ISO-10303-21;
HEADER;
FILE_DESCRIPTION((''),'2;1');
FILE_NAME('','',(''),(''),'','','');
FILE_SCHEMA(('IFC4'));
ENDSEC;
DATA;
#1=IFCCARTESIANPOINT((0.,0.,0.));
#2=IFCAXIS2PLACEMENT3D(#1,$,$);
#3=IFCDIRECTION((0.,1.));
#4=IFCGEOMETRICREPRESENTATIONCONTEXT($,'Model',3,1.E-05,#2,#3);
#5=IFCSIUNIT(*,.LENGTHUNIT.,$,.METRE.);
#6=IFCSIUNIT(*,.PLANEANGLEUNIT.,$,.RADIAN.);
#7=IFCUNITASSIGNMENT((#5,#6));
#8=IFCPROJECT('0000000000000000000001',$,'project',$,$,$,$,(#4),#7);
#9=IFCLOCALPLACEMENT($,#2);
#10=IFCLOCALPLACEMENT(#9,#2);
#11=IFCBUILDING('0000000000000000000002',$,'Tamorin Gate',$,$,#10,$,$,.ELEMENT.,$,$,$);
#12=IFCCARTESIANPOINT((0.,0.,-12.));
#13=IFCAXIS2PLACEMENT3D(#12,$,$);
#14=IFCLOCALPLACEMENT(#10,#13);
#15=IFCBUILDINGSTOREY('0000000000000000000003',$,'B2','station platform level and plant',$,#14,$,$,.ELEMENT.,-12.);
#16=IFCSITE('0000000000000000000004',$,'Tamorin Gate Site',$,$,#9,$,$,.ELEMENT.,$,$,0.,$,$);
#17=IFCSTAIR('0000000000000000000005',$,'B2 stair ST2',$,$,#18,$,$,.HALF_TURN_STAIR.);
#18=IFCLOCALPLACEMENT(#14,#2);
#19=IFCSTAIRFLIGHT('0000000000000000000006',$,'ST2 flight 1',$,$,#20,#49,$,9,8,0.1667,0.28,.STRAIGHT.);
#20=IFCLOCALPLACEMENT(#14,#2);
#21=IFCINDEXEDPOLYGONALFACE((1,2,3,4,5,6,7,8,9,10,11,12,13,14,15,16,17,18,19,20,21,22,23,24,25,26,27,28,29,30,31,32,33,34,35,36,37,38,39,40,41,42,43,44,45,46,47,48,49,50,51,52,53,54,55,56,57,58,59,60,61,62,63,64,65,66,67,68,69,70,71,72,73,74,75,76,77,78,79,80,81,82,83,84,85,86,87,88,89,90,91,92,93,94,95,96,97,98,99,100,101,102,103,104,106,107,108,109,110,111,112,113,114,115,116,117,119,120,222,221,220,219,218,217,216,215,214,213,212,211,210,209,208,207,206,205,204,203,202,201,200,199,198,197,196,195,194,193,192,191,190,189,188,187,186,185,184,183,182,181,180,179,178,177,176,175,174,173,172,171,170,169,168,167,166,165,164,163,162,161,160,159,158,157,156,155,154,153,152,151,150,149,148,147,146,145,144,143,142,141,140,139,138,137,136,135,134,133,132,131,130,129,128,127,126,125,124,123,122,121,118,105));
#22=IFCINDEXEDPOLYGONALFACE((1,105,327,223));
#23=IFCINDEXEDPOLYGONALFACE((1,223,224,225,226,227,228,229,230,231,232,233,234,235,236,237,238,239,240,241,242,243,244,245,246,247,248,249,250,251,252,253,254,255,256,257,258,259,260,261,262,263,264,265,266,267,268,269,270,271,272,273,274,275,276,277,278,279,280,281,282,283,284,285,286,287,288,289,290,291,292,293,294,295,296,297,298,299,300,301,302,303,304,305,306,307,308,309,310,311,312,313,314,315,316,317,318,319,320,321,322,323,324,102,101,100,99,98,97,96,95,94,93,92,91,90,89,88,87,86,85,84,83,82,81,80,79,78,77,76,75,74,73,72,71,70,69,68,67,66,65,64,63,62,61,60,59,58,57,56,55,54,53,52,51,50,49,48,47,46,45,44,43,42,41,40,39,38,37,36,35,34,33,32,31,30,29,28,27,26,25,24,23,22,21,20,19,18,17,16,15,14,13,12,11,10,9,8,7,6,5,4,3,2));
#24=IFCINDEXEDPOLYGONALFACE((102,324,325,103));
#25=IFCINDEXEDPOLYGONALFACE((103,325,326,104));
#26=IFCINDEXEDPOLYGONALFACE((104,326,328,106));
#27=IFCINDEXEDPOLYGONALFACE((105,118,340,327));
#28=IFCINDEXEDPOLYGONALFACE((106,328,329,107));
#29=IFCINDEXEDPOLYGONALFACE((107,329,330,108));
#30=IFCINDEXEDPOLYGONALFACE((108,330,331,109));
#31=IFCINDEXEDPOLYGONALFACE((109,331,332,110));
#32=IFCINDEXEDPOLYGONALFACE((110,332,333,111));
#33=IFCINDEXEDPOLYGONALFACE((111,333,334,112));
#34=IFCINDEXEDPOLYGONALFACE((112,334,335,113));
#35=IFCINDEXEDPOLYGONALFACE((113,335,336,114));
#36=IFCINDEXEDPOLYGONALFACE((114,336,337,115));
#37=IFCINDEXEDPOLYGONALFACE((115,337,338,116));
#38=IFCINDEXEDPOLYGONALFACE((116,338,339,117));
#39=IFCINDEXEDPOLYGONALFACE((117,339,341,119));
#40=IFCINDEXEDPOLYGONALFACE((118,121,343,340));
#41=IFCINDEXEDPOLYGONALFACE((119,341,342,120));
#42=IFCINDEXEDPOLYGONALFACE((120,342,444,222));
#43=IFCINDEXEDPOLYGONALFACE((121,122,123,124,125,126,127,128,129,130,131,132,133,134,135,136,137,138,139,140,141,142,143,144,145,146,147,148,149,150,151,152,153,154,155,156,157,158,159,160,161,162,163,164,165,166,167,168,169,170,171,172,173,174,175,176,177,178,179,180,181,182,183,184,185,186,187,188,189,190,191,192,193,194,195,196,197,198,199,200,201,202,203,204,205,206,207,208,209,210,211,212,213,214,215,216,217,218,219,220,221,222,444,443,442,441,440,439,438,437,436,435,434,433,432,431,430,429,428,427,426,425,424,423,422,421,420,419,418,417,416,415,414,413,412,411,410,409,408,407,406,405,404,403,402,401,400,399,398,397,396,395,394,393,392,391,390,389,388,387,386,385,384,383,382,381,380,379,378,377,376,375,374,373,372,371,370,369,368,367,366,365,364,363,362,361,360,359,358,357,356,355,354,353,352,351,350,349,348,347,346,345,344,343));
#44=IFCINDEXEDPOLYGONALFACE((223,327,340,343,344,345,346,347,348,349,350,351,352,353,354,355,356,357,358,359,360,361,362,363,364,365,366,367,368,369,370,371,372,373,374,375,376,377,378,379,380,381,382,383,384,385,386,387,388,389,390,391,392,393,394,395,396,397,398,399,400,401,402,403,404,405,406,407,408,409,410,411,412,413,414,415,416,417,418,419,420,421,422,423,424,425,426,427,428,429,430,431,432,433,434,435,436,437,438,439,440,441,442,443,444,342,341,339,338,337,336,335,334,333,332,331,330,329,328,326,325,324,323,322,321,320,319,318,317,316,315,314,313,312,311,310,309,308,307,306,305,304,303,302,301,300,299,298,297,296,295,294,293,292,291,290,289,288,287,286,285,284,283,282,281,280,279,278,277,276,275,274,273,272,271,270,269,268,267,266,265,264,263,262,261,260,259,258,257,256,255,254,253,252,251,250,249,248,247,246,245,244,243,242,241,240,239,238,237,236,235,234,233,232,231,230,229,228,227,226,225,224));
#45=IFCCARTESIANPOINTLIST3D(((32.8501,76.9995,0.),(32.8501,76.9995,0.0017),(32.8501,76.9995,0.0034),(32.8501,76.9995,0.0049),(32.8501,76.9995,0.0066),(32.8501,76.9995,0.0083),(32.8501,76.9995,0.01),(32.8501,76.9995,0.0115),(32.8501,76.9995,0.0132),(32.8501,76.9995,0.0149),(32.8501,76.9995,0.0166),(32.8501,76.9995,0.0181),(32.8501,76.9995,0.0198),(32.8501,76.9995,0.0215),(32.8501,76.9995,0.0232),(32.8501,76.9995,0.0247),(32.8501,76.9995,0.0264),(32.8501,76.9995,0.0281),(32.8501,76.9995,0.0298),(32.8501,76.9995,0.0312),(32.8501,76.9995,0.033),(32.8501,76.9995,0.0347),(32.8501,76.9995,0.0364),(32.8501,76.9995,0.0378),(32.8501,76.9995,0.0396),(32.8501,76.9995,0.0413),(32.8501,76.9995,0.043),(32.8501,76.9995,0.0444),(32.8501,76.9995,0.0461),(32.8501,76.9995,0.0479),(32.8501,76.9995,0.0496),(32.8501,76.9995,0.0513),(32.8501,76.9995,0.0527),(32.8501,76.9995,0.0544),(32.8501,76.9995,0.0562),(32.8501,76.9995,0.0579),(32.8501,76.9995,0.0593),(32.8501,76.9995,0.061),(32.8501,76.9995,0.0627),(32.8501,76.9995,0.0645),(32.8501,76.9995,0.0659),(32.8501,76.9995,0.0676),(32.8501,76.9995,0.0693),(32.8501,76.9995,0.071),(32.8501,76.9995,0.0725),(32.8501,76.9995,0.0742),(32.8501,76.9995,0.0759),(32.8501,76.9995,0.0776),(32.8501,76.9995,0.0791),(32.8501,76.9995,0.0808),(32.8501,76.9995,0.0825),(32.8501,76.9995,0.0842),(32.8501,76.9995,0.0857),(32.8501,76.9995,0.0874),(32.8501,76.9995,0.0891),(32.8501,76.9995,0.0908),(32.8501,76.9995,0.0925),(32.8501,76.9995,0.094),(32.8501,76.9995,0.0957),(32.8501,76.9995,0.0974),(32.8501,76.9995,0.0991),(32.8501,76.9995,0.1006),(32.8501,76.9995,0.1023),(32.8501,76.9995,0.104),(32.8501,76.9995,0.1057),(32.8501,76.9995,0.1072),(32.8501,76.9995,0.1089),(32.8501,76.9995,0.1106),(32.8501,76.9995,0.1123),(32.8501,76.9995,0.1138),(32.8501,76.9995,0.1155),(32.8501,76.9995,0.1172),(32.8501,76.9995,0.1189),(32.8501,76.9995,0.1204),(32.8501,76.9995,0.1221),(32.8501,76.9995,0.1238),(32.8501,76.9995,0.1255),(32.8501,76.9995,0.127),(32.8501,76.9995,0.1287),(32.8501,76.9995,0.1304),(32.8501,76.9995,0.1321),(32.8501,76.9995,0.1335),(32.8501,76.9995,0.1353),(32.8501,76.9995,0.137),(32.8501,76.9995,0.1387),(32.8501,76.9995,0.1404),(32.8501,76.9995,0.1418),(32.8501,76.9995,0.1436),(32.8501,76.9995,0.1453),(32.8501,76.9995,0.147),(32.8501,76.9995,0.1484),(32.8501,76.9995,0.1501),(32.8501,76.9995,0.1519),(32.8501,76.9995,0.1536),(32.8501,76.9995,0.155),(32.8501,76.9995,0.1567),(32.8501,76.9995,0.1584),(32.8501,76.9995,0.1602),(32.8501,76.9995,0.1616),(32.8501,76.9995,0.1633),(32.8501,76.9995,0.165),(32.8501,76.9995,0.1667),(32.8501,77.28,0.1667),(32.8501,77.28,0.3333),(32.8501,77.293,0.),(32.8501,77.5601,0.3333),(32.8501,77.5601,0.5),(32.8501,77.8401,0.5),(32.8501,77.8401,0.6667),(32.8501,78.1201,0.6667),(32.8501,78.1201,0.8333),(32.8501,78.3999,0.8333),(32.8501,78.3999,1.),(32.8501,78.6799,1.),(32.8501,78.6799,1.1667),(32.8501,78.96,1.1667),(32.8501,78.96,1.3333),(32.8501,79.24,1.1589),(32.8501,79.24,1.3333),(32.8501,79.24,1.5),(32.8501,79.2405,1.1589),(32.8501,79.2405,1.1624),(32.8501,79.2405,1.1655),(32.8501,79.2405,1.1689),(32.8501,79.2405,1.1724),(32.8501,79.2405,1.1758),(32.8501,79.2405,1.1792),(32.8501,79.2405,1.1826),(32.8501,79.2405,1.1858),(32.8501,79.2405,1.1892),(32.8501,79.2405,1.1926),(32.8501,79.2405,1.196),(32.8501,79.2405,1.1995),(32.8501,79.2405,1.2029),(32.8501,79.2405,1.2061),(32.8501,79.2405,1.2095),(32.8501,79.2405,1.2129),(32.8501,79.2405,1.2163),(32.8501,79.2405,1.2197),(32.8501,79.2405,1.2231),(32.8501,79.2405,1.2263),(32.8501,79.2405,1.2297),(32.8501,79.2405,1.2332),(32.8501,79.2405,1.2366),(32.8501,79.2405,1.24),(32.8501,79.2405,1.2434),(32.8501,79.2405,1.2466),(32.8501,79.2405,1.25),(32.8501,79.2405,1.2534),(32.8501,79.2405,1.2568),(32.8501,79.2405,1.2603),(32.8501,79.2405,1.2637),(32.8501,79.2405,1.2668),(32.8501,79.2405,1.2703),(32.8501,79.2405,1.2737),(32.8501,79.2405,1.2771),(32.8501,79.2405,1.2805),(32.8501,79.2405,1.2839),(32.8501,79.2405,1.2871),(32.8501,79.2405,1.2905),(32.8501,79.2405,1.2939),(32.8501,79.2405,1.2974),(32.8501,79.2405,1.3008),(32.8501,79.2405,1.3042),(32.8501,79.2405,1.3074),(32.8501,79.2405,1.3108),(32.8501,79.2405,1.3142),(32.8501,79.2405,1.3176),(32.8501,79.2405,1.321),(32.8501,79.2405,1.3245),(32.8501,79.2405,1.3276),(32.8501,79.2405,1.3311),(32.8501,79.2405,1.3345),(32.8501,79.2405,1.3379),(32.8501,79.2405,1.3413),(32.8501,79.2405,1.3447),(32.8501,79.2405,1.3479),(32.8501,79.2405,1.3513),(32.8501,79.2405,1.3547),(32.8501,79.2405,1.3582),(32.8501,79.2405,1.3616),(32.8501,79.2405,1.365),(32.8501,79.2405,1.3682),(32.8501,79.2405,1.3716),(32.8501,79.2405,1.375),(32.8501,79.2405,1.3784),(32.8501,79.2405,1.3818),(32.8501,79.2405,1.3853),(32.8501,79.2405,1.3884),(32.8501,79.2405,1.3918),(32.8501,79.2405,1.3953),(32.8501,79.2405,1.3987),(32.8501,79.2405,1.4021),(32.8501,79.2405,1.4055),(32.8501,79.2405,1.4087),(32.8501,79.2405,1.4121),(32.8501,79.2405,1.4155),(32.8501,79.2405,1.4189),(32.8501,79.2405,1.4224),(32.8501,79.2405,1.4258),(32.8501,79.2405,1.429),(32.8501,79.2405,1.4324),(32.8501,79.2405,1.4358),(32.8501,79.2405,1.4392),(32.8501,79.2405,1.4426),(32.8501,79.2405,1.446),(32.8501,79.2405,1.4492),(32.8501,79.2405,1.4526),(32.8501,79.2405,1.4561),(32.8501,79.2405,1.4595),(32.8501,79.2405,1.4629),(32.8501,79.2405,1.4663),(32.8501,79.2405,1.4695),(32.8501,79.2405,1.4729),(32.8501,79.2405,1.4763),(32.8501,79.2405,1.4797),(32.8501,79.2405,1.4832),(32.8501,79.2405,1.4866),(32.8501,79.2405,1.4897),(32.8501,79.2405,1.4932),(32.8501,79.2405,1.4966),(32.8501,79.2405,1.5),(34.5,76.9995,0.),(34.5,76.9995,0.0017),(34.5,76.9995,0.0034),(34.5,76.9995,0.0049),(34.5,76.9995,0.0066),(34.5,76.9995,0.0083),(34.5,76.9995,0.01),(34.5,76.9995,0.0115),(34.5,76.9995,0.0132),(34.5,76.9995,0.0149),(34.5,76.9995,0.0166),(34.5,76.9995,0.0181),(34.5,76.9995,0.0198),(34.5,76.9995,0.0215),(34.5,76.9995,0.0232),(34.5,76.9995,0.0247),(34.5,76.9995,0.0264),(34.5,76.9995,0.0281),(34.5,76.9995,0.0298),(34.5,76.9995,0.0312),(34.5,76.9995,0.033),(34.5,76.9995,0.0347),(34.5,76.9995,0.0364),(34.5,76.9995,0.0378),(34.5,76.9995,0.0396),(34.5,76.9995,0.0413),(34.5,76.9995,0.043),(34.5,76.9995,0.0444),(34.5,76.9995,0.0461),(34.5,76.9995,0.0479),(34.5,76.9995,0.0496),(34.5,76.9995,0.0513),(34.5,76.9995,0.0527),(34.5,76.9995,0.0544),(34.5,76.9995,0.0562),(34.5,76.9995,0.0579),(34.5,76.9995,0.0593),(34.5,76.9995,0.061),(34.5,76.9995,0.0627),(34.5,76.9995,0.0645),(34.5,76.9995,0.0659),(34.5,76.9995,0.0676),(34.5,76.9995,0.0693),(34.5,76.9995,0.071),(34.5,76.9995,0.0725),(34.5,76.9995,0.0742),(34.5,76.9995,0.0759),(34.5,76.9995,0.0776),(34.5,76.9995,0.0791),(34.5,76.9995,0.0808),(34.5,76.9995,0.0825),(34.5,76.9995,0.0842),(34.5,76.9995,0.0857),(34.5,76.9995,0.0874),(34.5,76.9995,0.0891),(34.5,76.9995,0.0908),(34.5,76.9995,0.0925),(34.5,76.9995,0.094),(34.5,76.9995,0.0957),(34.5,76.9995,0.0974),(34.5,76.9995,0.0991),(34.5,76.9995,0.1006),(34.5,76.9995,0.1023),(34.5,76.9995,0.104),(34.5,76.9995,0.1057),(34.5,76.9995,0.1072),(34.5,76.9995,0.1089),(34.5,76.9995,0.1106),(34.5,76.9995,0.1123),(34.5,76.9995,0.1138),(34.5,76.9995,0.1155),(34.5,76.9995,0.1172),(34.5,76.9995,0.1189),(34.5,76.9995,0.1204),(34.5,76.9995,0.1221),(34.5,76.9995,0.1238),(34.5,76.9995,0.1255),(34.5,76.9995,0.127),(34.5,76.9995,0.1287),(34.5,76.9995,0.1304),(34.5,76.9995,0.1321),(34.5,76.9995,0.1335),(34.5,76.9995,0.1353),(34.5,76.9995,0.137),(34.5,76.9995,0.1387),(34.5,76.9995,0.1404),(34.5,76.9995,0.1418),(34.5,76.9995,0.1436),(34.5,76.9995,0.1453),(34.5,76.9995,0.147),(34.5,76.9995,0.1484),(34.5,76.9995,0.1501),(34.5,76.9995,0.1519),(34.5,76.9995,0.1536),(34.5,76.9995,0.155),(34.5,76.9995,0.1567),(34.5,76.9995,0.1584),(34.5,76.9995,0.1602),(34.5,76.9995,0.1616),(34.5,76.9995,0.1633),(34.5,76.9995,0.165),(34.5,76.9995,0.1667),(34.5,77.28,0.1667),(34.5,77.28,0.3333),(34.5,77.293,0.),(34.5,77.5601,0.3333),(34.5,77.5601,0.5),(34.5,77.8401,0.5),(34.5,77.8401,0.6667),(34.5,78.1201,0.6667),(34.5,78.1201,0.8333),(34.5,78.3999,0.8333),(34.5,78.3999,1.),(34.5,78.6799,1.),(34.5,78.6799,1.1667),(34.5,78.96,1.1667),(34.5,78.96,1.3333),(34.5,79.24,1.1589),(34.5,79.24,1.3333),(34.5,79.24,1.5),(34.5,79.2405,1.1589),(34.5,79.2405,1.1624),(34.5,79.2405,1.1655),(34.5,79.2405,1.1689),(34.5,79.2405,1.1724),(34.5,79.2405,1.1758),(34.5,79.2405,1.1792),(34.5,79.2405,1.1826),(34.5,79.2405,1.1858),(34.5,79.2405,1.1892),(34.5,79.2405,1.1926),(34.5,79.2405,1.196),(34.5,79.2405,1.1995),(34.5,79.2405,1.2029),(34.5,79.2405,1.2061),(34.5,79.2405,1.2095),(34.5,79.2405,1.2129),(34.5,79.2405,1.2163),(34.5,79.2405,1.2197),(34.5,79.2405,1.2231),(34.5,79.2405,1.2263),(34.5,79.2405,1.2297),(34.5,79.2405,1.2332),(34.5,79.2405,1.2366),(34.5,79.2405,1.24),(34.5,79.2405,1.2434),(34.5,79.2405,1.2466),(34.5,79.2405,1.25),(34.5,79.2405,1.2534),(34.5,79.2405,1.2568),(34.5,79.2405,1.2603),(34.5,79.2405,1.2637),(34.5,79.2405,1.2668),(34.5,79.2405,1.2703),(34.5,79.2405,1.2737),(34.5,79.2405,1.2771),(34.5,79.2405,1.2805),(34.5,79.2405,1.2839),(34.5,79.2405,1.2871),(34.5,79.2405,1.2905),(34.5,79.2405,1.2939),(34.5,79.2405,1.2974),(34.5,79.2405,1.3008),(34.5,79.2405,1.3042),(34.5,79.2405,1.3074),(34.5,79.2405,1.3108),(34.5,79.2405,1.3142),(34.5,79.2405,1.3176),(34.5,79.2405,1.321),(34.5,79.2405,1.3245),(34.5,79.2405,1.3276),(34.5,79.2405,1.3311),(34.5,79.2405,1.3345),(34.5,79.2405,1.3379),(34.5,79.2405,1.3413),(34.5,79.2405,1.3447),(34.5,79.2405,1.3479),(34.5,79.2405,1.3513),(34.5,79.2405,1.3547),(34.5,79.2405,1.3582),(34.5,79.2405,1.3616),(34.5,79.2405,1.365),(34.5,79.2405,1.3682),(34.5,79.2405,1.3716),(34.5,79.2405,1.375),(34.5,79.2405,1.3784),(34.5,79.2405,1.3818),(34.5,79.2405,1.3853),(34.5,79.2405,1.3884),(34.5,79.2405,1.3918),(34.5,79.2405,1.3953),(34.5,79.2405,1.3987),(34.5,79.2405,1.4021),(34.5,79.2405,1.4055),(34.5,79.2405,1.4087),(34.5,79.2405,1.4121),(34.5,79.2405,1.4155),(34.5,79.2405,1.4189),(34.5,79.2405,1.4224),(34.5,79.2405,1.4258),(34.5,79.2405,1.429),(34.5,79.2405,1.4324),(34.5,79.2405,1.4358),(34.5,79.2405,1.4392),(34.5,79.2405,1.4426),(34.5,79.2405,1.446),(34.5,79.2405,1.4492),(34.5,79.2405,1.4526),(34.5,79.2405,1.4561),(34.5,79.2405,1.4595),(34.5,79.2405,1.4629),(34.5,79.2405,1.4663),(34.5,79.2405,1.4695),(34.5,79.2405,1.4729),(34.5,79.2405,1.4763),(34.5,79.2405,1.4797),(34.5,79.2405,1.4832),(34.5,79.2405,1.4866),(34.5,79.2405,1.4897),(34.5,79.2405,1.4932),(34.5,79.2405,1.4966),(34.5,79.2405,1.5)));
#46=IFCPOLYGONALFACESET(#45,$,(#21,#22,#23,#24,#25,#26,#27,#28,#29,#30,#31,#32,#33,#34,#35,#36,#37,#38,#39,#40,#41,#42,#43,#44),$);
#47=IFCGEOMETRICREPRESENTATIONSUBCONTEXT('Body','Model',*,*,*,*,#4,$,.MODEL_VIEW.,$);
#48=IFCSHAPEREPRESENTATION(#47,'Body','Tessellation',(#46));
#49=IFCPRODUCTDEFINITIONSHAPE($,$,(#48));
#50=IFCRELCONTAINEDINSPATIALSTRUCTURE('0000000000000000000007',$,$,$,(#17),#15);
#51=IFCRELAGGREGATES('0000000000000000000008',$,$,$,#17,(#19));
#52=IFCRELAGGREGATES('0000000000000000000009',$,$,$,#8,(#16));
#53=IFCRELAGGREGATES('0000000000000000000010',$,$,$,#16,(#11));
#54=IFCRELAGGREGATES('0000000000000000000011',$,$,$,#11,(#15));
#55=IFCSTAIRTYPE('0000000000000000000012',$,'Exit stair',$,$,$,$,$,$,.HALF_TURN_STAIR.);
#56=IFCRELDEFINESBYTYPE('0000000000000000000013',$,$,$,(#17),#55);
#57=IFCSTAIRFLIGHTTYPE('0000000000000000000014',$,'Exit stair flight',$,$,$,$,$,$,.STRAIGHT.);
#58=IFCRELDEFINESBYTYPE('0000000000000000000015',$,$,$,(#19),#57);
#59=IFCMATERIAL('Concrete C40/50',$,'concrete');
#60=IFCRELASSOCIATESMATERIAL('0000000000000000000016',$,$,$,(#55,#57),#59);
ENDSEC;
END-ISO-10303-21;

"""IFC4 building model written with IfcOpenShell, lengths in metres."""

from ifc_helpers import new_model, si_unit, direction, frame, origin, place, context, subcontext, project, spatial, polyline, outline, extrude, material, type_object, element, aggregate, save


model = new_model("IFC4")

# Units and contexts
model_context = context("Model", 3, precision=1e-05, world=origin(), true_north=direction((0.0, 1.0)))
body_context = subcontext(model_context, "Body", "Model", "MODEL_VIEW")
ifc_project = project(units=[si_unit("LENGTHUNIT", "METRE"), si_unit("PLANEANGLEUNIT", "RADIAN")], contexts=[model_context])

# Site, building, storey
site_placement = place(None, origin())
site = spatial("IfcSite", under=ifc_project, at=site_placement, Name="Tamorin Gate Site", CompositionType="ELEMENT", RefElevation=0.0)
building_placement = place(site_placement, origin())
building = spatial("IfcBuilding", under=site, at=building_placement, Name="Tamorin Gate", CompositionType="ELEMENT")
storey_placement = place(building_placement, frame((0.0, 0.0, -12.0)))
storey = spatial("IfcBuildingStorey", under=building, at=storey_placement, Name="B2", Description="station platform level and plant", CompositionType="ELEMENT", Elevation=-12.0)

# Shared definitions
ifc_material_1 = material(Name="Concrete C40/50", Category="concrete")

# Stair, stair flight
stair_type = type_object("IfcStairType", Name="Exit stair", PredefinedType="HALF_TURN_STAIR", material=ifc_material_1)
stair_placement = place(storey_placement, origin())
stair = element("IfcStair", 1, at=stair_placement, inside=storey, type_object=stair_type, Name="B2 stair ST2", PredefinedType="HALF_TURN_STAIR")
stair_flight_type = type_object("IfcStairFlightType", Name="Exit stair flight", PredefinedType="STRAIGHT", material=ifc_material_1)
stair_flight_1_placement = place(storey_placement, frame((33.675, 77.0, 0.0), z_axis=(0.0, 0.0, 1.0), x_axis=(0.0, 1.0, 0.0)))
stair_flight_1 = element("IfcStairFlight", 2, at=stair_flight_1_placement, type_object=stair_flight_type, Name="ST2 flight 1", NumberOfRisers=9, NumberOfTreads=8, PredefinedType="STRAIGHT", RiserHeight=0.1667, TreadLength=0.28, context=body_context, shape_type="SweptSolid", body=[
    extrude(outline(polyline([(-0.0005, 0.0), (-0.0005, 0.0017), (-0.0005, 0.0034), (-0.0005, 0.0049), (-0.0005, 0.0066), (-0.0005, 0.0083), (-0.0005, 0.01), (-0.0005, 0.0115), (-0.0005, 0.0132), (-0.0005, 0.0149), (-0.0005, 0.0166), (-0.0005, 0.0181), (-0.0005, 0.0198), (-0.0005, 0.0215), (-0.0005, 0.0232), (-0.0005, 0.0247), (-0.0005, 0.0264), (-0.0005, 0.0281), (-0.0005, 0.0298), (-0.0005, 0.0312), (-0.0005, 0.033), (-0.0005, 0.0347), (-0.0005, 0.0364), (-0.0005, 0.0378), (-0.0005, 0.0396), (-0.0005, 0.0413), (-0.0005, 0.043), (-0.0005, 0.0444), (-0.0005, 0.0461), (-0.0005, 0.0479), (-0.0005, 0.0496), (-0.0005, 0.0513), (-0.0005, 0.0527), (-0.0005, 0.0544), (-0.0005, 0.0562), (-0.0005, 0.0579), (-0.0005, 0.0593), (-0.0005, 0.061), (-0.0005, 0.0627), (-0.0005, 0.0645), (-0.0005, 0.0659), (-0.0005, 0.0676), (-0.0005, 0.0693), (-0.0005, 0.071), (-0.0005, 0.0725), (-0.0005, 0.0742), (-0.0005, 0.0759), (-0.0005, 0.0776), (-0.0005, 0.0791), (-0.0005, 0.0808), (-0.0005, 0.0825), (-0.0005, 0.0842), (-0.0005, 0.0857), (-0.0005, 0.0874), (-0.0005, 0.0891), (-0.0005, 0.0908), (-0.0005, 0.0925), (-0.0005, 0.094), (-0.0005, 0.0957), (-0.0005, 0.0974), (-0.0005, 0.0991), (-0.0005, 0.1006), (-0.0005, 0.1023), (-0.0005, 0.104), (-0.0005, 0.1057), (-0.0005, 0.1072), (-0.0005, 0.1089), (-0.0005, 0.1106), (-0.0005, 0.1123), (-0.0005, 0.1138), (-0.0005, 0.1155), (-0.0005, 0.1172), (-0.0005, 0.1189), (-0.0005, 0.1204), (-0.0005, 0.1221), (-0.0005, 0.1238), (-0.0005, 0.1255), (-0.0005, 0.127), (-0.0005, 0.1287), (-0.0005, 0.1304), (-0.0005, 0.1321), (-0.0005, 0.1335), (-0.0005, 0.1353), (-0.0005, 0.137), (-0.0005, 0.1387), (-0.0005, 0.1404), (-0.0005, 0.1418), (-0.0005, 0.1436), (-0.0005, 0.1453), (-0.0005, 0.147), (-0.0005, 0.1484), (-0.0005, 0.1501), (-0.0005, 0.1519), (-0.0005, 0.1536), (-0.0005, 0.155), (-0.0005, 0.1567), (-0.0005, 0.1584), (-0.0005, 0.1602), (-0.0005, 0.1616), (-0.0005, 0.1633), (-0.0005, 0.165), (-0.0005, 0.1667), (0.28, 0.1667), (0.28, 0.3333), (0.5601, 0.3333), (0.5601, 0.5), (0.8401, 0.5), (0.8401, 0.6667), (1.1201, 0.6667), (1.1201, 0.8333), (1.3999, 0.8333), (1.3999, 1.0), (1.6799, 1.0), (1.6799, 1.1667), (1.96, 1.1667), (1.96, 1.3333), (2.24, 1.3333), (2.24, 1.5), (2.2405, 1.5), (2.2405, 1.4966), (2.2405, 1.4932), (2.2405, 1.4897), (2.2405, 1.4866), (2.2405, 1.4832), (2.2405, 1.4797), (2.2405, 1.4763), (2.2405, 1.4729), (2.2405, 1.4695), (2.2405, 1.4663), (2.2405, 1.4629), (2.2405, 1.4595), (2.2405, 1.4561), (2.2405, 1.4526), (2.2405, 1.4492), (2.2405, 1.446), (2.2405, 1.4426), (2.2405, 1.4392), (2.2405, 1.4358), (2.2405, 1.4324), (2.2405, 1.429), (2.2405, 1.4258), (2.2405, 1.4224), (2.2405, 1.4189), (2.2405, 1.4155), (2.2405, 1.4121), (2.2405, 1.4087), (2.2405, 1.4055), (2.2405, 1.4021), (2.2405, 1.3987), (2.2405, 1.3953), (2.2405, 1.3918), (2.2405, 1.3884), (2.2405, 1.3853), (2.2405, 1.3818), (2.2405, 1.3784), (2.2405, 1.375), (2.2405, 1.3716), (2.2405, 1.3682), (2.2405, 1.365), (2.2405, 1.3616), (2.2405, 1.3582), (2.2405, 1.3547), (2.2405, 1.3513), (2.2405, 1.3479), (2.2405, 1.3447), (2.2405, 1.3413), (2.2405, 1.3379), (2.2405, 1.3345), (2.2405, 1.3311), (2.2405, 1.3276), (2.2405, 1.3245), (2.2405, 1.321), (2.2405, 1.3176), (2.2405, 1.3142), (2.2405, 1.3108), (2.2405, 1.3074), (2.2405, 1.3042), (2.2405, 1.3008), (2.2405, 1.2974), (2.2405, 1.2939), (2.2405, 1.2905), (2.2405, 1.2871), (2.2405, 1.2839), (2.2405, 1.2805), (2.2405, 1.2771), (2.2405, 1.2737), (2.2405, 1.2703), (2.2405, 1.2668), (2.2405, 1.2637), (2.2405, 1.2603), (2.2405, 1.2568), (2.2405, 1.2534), (2.2405, 1.25), (2.2405, 1.2466), (2.2405, 1.2434), (2.2405, 1.24), (2.2405, 1.2366), (2.2405, 1.2332), (2.2405, 1.2297), (2.2405, 1.2263), (2.2405, 1.2231), (2.2405, 1.2197), (2.2405, 1.2163), (2.2405, 1.2129), (2.2405, 1.2095), (2.2405, 1.2061), (2.2405, 1.2029), (2.2405, 1.1995), (2.2405, 1.196), (2.2405, 1.1926), (2.2405, 1.1892), (2.2405, 1.1858), (2.2405, 1.1826), (2.2405, 1.1792), (2.2405, 1.1758), (2.2405, 1.1724), (2.2405, 1.1689), (2.2405, 1.1655), (2.2405, 1.1624), (2.2405, 1.1589), (2.24, 1.1589), (0.293, 0.0), (-0.0005, 0.0)])), frame((0.0, 0.825, 0.0), z_axis=(0.0, -1.0, 0.0), x_axis=(1.0, 0.0, 0.0)), (0.0, 0.0, 1.0), 1.6499),
])
aggregate(stair, [stair_flight_1])

save(model, "model.ifc")
